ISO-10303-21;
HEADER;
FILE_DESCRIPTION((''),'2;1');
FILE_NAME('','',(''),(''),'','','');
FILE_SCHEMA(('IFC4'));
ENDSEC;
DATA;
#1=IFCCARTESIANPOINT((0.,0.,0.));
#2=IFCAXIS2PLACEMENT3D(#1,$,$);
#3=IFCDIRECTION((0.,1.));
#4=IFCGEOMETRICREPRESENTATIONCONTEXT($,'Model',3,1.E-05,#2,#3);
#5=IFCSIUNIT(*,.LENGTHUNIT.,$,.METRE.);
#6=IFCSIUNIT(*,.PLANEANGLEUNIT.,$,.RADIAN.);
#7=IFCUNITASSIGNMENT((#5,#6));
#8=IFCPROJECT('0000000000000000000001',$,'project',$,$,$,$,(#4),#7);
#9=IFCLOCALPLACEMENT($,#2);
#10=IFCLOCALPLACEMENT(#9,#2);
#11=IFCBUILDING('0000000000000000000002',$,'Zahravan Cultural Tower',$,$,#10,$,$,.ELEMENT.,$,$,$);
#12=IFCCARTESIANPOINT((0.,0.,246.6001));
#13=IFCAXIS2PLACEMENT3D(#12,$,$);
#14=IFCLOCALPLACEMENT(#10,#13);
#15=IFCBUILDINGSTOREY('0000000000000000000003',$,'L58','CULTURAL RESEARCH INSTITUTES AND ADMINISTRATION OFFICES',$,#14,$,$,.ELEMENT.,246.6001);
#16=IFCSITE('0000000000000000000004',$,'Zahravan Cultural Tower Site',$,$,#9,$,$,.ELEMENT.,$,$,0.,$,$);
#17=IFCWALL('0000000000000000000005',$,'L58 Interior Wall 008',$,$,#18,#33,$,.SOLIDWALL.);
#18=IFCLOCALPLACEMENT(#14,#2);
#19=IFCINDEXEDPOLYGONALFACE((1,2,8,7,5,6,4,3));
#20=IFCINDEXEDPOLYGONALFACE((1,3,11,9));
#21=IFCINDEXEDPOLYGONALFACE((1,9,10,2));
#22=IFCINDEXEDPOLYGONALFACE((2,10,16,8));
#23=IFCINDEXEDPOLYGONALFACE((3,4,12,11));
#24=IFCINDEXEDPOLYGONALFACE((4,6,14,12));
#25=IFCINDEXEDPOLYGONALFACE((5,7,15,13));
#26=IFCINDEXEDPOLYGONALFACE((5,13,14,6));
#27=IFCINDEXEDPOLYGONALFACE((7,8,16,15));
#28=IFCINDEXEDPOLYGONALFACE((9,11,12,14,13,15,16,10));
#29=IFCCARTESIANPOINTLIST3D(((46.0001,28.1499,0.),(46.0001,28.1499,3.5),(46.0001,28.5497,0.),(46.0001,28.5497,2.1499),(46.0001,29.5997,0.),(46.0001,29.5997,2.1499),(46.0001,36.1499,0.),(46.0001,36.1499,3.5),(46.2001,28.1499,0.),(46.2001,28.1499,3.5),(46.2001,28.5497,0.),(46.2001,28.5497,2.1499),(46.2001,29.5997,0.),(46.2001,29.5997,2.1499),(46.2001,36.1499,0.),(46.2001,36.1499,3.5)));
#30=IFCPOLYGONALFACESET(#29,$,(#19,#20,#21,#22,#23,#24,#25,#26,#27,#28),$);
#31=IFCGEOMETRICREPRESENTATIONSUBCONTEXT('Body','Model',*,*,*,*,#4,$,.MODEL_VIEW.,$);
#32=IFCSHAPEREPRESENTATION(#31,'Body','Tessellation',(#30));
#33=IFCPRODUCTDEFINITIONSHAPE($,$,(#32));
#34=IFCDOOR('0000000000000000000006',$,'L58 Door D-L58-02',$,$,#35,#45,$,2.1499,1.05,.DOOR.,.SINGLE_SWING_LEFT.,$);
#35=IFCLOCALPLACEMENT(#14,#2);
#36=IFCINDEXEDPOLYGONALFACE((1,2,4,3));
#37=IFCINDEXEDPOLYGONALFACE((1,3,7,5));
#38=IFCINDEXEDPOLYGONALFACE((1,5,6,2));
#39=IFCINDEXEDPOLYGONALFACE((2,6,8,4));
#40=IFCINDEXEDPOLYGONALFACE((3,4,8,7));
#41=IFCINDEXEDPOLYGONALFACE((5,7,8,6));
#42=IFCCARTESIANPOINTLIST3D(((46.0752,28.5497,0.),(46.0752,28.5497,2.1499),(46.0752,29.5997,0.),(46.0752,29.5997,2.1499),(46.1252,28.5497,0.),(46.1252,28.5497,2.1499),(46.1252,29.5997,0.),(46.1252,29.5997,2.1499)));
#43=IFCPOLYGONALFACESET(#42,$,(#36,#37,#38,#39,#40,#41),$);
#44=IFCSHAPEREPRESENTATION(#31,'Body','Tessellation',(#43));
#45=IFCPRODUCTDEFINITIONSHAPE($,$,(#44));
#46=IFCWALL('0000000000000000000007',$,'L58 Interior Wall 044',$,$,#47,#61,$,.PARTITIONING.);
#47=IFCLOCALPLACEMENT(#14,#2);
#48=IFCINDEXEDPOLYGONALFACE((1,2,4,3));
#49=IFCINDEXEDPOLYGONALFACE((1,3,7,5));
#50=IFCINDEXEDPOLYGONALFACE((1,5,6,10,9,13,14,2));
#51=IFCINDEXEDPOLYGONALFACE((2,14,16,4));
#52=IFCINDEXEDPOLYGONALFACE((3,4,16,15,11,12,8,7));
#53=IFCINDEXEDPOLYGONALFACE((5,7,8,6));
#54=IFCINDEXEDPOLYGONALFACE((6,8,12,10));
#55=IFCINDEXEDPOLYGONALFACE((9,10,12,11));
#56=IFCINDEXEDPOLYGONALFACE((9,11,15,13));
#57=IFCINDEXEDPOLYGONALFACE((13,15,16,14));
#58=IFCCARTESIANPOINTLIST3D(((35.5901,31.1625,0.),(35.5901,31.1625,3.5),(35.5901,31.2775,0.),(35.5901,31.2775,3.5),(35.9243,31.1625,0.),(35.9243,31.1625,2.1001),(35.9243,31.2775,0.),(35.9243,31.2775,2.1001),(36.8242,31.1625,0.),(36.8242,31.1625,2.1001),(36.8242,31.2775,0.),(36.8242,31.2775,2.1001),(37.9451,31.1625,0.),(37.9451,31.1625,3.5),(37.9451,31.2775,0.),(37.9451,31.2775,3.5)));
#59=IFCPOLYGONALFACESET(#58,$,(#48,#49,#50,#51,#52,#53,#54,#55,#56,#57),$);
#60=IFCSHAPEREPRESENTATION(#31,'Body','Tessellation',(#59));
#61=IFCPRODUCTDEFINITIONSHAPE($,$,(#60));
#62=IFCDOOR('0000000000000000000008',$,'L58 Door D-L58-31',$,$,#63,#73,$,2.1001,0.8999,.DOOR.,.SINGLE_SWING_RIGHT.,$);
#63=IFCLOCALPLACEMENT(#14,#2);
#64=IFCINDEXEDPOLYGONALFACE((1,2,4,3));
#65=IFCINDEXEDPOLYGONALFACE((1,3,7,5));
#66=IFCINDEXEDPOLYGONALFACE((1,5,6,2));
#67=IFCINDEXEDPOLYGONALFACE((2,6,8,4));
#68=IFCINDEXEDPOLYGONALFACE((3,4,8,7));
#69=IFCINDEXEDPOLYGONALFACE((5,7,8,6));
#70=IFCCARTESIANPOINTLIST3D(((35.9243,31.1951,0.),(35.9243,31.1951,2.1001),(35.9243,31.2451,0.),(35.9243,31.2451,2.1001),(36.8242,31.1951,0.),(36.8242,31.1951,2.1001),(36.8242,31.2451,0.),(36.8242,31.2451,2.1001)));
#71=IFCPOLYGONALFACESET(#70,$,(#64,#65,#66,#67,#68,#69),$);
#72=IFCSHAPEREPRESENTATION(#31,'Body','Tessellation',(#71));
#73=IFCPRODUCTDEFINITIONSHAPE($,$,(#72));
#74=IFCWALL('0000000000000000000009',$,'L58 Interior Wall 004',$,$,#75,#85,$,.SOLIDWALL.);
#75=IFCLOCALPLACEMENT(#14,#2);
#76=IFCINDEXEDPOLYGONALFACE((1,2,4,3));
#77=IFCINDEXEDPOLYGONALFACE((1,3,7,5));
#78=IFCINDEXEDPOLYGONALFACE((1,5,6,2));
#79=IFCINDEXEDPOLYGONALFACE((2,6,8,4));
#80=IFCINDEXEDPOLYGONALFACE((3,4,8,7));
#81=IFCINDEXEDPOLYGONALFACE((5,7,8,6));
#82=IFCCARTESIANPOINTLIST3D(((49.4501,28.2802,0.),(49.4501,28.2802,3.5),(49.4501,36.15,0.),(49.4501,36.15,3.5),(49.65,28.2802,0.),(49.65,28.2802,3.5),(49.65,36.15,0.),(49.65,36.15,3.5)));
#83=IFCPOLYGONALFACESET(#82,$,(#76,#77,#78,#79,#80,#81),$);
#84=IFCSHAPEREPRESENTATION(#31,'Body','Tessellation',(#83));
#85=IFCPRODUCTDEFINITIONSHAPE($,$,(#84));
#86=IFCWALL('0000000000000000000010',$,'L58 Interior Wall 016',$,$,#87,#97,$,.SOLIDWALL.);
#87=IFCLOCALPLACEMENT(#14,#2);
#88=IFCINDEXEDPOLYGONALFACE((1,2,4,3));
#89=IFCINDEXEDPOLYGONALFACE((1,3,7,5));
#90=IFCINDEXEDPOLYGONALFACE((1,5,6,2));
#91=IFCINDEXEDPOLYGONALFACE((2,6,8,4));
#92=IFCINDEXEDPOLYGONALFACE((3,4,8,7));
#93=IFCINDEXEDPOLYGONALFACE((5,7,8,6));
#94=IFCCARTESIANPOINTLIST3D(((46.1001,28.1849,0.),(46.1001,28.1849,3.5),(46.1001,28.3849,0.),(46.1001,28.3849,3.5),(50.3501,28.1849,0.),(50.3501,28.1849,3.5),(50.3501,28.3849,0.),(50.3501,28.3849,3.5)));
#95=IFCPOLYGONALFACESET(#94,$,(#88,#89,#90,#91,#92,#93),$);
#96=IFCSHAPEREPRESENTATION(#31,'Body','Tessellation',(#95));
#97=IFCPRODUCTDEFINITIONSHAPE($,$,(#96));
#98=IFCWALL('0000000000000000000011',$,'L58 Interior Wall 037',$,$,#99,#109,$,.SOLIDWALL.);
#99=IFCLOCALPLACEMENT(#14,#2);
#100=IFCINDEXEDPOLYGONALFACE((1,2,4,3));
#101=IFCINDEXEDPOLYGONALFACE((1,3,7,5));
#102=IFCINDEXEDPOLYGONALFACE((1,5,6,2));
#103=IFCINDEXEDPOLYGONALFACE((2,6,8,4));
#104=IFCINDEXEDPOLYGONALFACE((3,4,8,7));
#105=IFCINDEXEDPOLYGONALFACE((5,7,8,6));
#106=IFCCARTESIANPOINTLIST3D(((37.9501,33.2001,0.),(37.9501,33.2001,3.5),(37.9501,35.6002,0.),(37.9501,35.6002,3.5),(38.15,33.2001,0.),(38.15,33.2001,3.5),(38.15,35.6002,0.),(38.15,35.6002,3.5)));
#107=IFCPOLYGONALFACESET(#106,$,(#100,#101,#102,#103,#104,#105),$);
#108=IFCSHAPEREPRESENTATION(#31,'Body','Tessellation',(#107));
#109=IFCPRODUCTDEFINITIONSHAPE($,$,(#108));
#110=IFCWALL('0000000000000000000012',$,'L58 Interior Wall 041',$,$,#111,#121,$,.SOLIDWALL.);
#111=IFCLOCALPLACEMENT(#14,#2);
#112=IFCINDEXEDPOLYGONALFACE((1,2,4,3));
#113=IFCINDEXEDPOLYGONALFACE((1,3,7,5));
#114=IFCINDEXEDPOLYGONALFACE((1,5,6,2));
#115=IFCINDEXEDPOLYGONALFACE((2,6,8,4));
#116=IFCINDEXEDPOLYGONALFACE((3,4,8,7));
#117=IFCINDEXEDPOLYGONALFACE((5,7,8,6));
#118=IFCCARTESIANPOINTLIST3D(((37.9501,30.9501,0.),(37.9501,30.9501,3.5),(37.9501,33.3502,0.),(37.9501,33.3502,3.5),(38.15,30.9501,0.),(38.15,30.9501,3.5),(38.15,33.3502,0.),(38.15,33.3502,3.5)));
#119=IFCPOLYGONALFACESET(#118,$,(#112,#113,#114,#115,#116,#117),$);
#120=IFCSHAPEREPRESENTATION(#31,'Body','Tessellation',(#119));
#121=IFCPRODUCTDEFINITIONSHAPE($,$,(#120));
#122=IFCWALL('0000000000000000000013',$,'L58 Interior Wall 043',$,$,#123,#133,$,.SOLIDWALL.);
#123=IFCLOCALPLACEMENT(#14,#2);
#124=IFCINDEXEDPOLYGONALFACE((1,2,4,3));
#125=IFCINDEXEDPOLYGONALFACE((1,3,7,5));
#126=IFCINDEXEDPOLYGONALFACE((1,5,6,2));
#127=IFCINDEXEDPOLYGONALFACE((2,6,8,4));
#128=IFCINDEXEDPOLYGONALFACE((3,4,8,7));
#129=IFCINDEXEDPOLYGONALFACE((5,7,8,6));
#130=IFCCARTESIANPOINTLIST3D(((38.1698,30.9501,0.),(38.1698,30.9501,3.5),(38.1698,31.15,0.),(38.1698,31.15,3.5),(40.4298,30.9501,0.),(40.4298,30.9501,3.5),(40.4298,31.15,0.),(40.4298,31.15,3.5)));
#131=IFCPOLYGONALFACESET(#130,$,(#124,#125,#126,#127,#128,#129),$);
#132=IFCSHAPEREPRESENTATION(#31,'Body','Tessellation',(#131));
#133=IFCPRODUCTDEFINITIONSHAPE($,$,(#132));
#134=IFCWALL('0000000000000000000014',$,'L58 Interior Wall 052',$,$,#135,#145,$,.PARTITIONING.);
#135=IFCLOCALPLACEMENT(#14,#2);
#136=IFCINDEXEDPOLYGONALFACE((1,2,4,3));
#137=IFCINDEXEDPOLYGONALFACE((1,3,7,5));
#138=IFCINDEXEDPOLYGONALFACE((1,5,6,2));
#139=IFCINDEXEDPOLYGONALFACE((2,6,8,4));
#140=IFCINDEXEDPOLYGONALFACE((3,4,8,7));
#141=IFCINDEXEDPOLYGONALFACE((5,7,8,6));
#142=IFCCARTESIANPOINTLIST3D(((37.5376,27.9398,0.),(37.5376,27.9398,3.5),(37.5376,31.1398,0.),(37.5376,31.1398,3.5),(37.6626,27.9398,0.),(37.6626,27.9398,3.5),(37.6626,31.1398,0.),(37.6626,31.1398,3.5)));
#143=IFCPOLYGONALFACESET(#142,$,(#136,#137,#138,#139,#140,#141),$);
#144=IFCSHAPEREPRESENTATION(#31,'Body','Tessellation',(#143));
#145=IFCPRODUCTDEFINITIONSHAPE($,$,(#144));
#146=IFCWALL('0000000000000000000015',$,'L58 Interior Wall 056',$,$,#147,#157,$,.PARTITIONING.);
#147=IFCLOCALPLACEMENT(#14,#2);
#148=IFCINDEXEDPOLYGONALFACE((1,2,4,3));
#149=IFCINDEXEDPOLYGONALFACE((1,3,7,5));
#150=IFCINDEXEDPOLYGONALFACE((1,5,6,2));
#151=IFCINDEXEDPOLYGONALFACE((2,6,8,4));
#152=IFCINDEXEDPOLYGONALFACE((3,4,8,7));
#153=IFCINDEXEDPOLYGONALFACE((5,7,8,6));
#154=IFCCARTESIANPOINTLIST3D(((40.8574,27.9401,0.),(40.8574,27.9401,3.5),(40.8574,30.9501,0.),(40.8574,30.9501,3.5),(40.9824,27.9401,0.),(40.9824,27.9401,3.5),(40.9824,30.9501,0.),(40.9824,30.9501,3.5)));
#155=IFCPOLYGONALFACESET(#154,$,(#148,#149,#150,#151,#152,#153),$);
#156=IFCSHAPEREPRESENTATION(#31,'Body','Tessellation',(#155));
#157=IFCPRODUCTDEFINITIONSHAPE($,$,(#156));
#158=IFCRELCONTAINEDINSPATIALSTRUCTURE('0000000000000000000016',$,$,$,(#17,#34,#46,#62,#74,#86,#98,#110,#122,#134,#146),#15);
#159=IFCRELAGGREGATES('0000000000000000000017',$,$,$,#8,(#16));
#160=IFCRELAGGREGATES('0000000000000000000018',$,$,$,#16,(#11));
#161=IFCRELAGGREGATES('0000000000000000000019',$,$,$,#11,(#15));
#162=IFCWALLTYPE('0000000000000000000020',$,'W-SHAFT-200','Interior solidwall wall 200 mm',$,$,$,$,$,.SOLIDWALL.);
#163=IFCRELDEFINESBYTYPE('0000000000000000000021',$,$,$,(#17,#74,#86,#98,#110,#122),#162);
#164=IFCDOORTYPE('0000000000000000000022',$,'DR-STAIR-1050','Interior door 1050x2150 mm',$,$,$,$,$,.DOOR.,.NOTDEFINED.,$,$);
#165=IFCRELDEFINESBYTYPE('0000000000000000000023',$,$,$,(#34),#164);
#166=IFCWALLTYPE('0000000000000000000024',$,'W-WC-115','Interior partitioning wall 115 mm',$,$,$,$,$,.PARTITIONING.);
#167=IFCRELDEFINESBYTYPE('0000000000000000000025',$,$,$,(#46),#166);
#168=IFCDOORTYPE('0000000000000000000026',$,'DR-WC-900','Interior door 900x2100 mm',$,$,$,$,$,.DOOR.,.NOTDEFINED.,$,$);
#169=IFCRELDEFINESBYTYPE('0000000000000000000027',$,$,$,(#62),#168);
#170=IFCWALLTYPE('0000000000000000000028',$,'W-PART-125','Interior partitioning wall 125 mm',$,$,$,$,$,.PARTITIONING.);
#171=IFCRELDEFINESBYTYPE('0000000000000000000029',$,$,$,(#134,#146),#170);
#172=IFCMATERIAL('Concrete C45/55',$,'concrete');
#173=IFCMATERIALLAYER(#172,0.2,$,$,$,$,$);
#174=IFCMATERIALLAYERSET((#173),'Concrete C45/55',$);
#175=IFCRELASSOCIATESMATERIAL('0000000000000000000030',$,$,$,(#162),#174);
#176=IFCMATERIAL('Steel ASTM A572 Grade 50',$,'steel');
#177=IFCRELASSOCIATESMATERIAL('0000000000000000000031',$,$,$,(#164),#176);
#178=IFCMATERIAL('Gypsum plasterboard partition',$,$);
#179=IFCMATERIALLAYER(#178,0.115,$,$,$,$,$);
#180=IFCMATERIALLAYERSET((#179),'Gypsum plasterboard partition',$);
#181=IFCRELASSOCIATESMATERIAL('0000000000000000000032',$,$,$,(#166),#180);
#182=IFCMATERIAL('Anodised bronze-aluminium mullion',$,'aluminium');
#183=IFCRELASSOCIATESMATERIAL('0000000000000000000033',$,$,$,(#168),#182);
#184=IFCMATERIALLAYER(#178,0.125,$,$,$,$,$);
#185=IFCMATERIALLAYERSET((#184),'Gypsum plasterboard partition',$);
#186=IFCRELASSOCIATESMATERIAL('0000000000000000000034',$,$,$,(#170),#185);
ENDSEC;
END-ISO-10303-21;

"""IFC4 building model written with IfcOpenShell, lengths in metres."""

from ifc_helpers import new_model, si_unit, direction, frame, frame_2d, origin, place, context, subcontext, project, spatial, rectangle, extrude, source, transform, mapped, material, layer, layer_set, type_object, element, fill, save


model = new_model("IFC4")

# Units and contexts
model_context = context("Model", 3, precision=1e-05, world=origin(), true_north=direction((0.0, 1.0)))
body_context = subcontext(model_context, "Body", "Model", "MODEL_VIEW")
ifc_project = project(units=[si_unit("LENGTHUNIT", "METRE"), si_unit("PLANEANGLEUNIT", "RADIAN")], contexts=[model_context])

# Site, building, storey
site_placement = place(None, origin())
site = spatial("IfcSite", under=ifc_project, at=site_placement, Name="Zahravan Cultural Tower Site", CompositionType="ELEMENT", RefElevation=0.0)
building_placement = place(site_placement, origin())
building = spatial("IfcBuilding", under=site, at=building_placement, Name="Zahravan Cultural Tower", CompositionType="ELEMENT")
storey_placement = place(building_placement, frame((0.0, 0.0, 246.6001)))
storey = spatial("IfcBuildingStorey", under=building, at=storey_placement, Name="L58", Description="CULTURAL RESEARCH INSTITUTES AND ADMINISTRATION OFFICES", CompositionType="ELEMENT", Elevation=246.6001)

# Walls, openings, doors
ifc_material_1 = material(Name="Concrete C45/55", Category="concrete")
ifc_layer_1 = layer(ifc_material_1, 0.2)
ifc_layer_set_1 = layer_set([ifc_layer_1], Name="Concrete C45/55")
wall_type_1 = type_object("IfcWallType", Name="W-SHAFT-200", Description="Interior solidwall wall 200 mm", PredefinedType="SOLIDWALL", material=ifc_layer_set_1)
wall_1_placement = place(storey_placement, frame((46.1001, 28.1499, 0.0), z_axis=(0.0, 0.0, 1.0), x_axis=(0.0, 1.0, 0.0)))
wall_1 = element("IfcWall", 1, at=wall_1_placement, inside=storey, type_object=wall_type_1, Name="L58 Interior Wall 008", PredefinedType="SOLIDWALL", context=body_context, shape_type="SweptSolid", body=[
    extrude(rectangle(XDim=8.0, YDim=0.2, at=frame_2d((4.0, 0.0))), origin(), (0.0, 0.0, 1.0), 3.5),
])
opening_1_placement = place(wall_1_placement, frame((0.3999, 0.0, 0.0)))
opening_1 = element("IfcOpeningElement", 2, at=opening_1_placement, cuts=wall_1, PredefinedType="OPENING", context=body_context, shape_type="SweptSolid", body=[
    extrude(rectangle(XDim=1.05, YDim=2.1499, at=frame_2d((0.5249, 1.075))), frame((0.0, 0.1099, 0.0), z_axis=(0.0, -1.0, 0.0), x_axis=(1.0, 0.0, 0.0)), (0.0, 0.0, 1.0), 0.22),
])
ifc_material_2 = material(Name="Steel ASTM A572 Grade 50", Category="steel")
door_type_1 = type_object("IfcDoorType", Name="DR-STAIR-1050", Description="Interior door 1050x2150 mm", OperationType="NOTDEFINED", PredefinedType="DOOR", material=ifc_material_2)
shared_shape_1 = source(origin(), body_context, "Body", "SweptSolid", [
    extrude(rectangle(XDim=1.05, YDim=2.1499, at=frame_2d((0.5249, 1.075))), frame((0.0, 0.0249, 0.0), z_axis=(0.0, -1.0, 0.0), x_axis=(1.0, 0.0, 0.0)), (0.0, 0.0, 1.0), 0.05),
])
door_1_placement = place(opening_1_placement, origin())
door_1 = element("IfcDoor", 3, at=door_1_placement, inside=storey, type_object=door_type_1, Name="L58 Door D-L58-02", OperationType="SINGLE_SWING_LEFT", OverallHeight=2.1499, OverallWidth=1.05, PredefinedType="DOOR", context=body_context, shape_type="MappedRepresentation", body=[
    mapped(shared_shape_1, transform((0.0, 0.0, 0.0), x_axis=(1.0, 0.0, 0.0), y_axis=(0.0, 1.0, 0.0), z_axis=(0.0, 0.0, 1.0), scale=1.0)),
])
fill(opening_1, door_1)
ifc_material_3 = material(Name="Gypsum plasterboard partition")
ifc_layer_2 = layer(ifc_material_3, 0.115)
ifc_layer_set_2 = layer_set([ifc_layer_2], Name="Gypsum plasterboard partition")
wall_type_2 = type_object("IfcWallType", Name="W-WC-115", Description="Interior partitioning wall 115 mm", PredefinedType="PARTITIONING", material=ifc_layer_set_2)
wall_2_placement = place(storey_placement, frame((37.9451, 31.22, 0.0), z_axis=(0.0, 0.0, 1.0), x_axis=(-1.0, 0.0, 0.0)))
wall_2 = element("IfcWall", 4, at=wall_2_placement, inside=storey, type_object=wall_type_2, Name="L58 Interior Wall 044", PredefinedType="PARTITIONING", context=body_context, shape_type="SweptSolid", body=[
    extrude(rectangle(XDim=2.355, YDim=0.115, at=frame_2d((1.1775, 0.0))), origin(), (0.0, 0.0, 1.0), 3.5),
])
opening_2_placement = place(wall_2_placement, frame((1.1208, 0.0, 0.0)))
opening_2 = element("IfcOpeningElement", 5, at=opening_2_placement, cuts=wall_2, PredefinedType="OPENING", context=body_context, shape_type="SweptSolid", body=[
    extrude(rectangle(XDim=0.8999, YDim=2.1001, at=frame_2d((0.45, 1.05))), frame((0.0, 0.0674, 0.0), z_axis=(0.0, -1.0, 0.0), x_axis=(1.0, 0.0, 0.0)), (0.0, 0.0, 1.0), 0.135),
])
ifc_material_4 = material(Name="Anodised bronze-aluminium mullion", Category="aluminium")
door_type_2 = type_object("IfcDoorType", Name="DR-WC-900", Description="Interior door 900x2100 mm", OperationType="NOTDEFINED", PredefinedType="DOOR", material=ifc_material_4)
shared_shape_2 = source(origin(), body_context, "Body", "SweptSolid", [
    extrude(rectangle(XDim=0.8999, YDim=2.1001, at=frame_2d((0.45, 1.05))), frame((0.0, 0.0249, 0.0), z_axis=(0.0, -1.0, 0.0), x_axis=(1.0, 0.0, 0.0)), (0.0, 0.0, 1.0), 0.05),
])
door_2_placement = place(opening_2_placement, origin())
door_2 = element("IfcDoor", 6, at=door_2_placement, inside=storey, type_object=door_type_2, Name="L58 Door D-L58-31", OperationType="SINGLE_SWING_RIGHT", OverallHeight=2.1001, OverallWidth=0.8999, PredefinedType="DOOR", context=body_context, shape_type="MappedRepresentation", body=[
    mapped(shared_shape_2, transform((0.0, 0.0, 0.0), x_axis=(1.0, 0.0, 0.0), y_axis=(0.0, 1.0, 0.0), z_axis=(0.0, 0.0, 1.0), scale=1.0)),
])
fill(opening_2, door_2)

# Walls
shared_shape_3 = source(origin(), body_context, "Body", "SweptSolid", [
    extrude(rectangle(XDim=7.8699, YDim=0.2, at=frame_2d((3.9351, 0.0))), origin(), (0.0, 0.0, 1.0), 3.5),
])
wall_3_placement = place(storey_placement, frame((49.55, 28.28, 0.0), z_axis=(0.0, 0.0, 1.0), x_axis=(0.0, 1.0, 0.0)))
element("IfcWall", 7, at=wall_3_placement, inside=storey, type_object=wall_type_1, Name="L58 Interior Wall 004", PredefinedType="SOLIDWALL", context=body_context, shape_type="MappedRepresentation", body=[
    mapped(shared_shape_3, transform((0.0, 0.0, 0.0), x_axis=(1.0, 0.0, 0.0), y_axis=(0.0, 1.0, 0.0), z_axis=(0.0, 0.0, 1.0), scale=1.0)),
])
shared_shape_4 = source(origin(), body_context, "Body", "SweptSolid", [
    extrude(rectangle(XDim=4.25, YDim=0.2, at=frame_2d((2.125, 0.0))), origin(), (0.0, 0.0, 1.0), 3.5),
])
wall_4_placement = place(storey_placement, frame((46.1001, 28.2849, 0.0), z_axis=(0.0, 0.0, 1.0), x_axis=(1.0, 0.0, 0.0)))
element("IfcWall", 8, at=wall_4_placement, inside=storey, type_object=wall_type_1, Name="L58 Interior Wall 016", PredefinedType="SOLIDWALL", context=body_context, shape_type="MappedRepresentation", body=[
    mapped(shared_shape_4, transform((0.0, 0.0, 0.0), x_axis=(1.0, 0.0, 0.0), y_axis=(0.0, 1.0, 0.0), z_axis=(0.0, 0.0, 1.0), scale=1.0)),
])
shared_shape_5 = source(origin(), body_context, "Body", "SweptSolid", [
    extrude(rectangle(XDim=2.4001, YDim=0.2, at=frame_2d((1.2002, 0.0))), origin(), (0.0, 0.0, 1.0), 3.5),
])
for number, where, z_axis, x_axis, name in (
    (9, (38.05, 33.2, 0.0), (0.0, 0.0, 1.0), (0.0, 1.0, 0.0), "L58 Interior Wall 037"),
    (10, (38.05, 30.95, 0.0), (0.0, 0.0, 1.0), (0.0, 1.0, 0.0), "L58 Interior Wall 041"),
):
    element("IfcWall", number, at=place(storey_placement, frame(where, z_axis=z_axis, x_axis=x_axis)), inside=storey, type_object=wall_type_1, Name=name, PredefinedType="SOLIDWALL", context=body_context, shape_type="MappedRepresentation", body=[
        mapped(shared_shape_5, transform((0.0, 0.0, 0.0), x_axis=(1.0, 0.0, 0.0), y_axis=(0.0, 1.0, 0.0), z_axis=(0.0, 0.0, 1.0), scale=1.0)),
    ])
shared_shape_6 = source(origin(), body_context, "Body", "SweptSolid", [
    extrude(rectangle(XDim=2.26, YDim=0.2, at=frame_2d((1.1299, 0.0))), origin(), (0.0, 0.0, 1.0), 3.5),
])
wall_5_placement = place(storey_placement, frame((38.1699, 31.05, 0.0), z_axis=(0.0, 0.0, 1.0), x_axis=(1.0, 0.0, 0.0)))
element("IfcWall", 11, at=wall_5_placement, inside=storey, type_object=wall_type_1, Name="L58 Interior Wall 043", PredefinedType="SOLIDWALL", context=body_context, shape_type="MappedRepresentation", body=[
    mapped(shared_shape_6, transform((0.0, 0.0, 0.0), x_axis=(1.0, 0.0, 0.0), y_axis=(0.0, 1.0, 0.0), z_axis=(0.0, 0.0, 1.0), scale=1.0)),
])
ifc_layer_3 = layer(ifc_material_3, 0.125)
ifc_layer_set_3 = layer_set([ifc_layer_3], Name="Gypsum plasterboard partition")
wall_type_3 = type_object("IfcWallType", Name="W-PART-125", Description="Interior partitioning wall 125 mm", PredefinedType="PARTITIONING", material=ifc_layer_set_3)
shared_shape_7 = source(origin(), body_context, "Body", "SweptSolid", [
    extrude(rectangle(XDim=3.2, YDim=0.125, at=frame_2d((1.6001, 0.0))), origin(), (0.0, 0.0, 1.0), 3.5),
])
wall_6_placement = place(storey_placement, frame((37.6001, 31.1399, 0.0), z_axis=(0.0, 0.0, 1.0), x_axis=(0.0, -1.0, 0.0)))
element("IfcWall", 12, at=wall_6_placement, inside=storey, type_object=wall_type_3, Name="L58 Interior Wall 052", PredefinedType="PARTITIONING", context=body_context, shape_type="MappedRepresentation", body=[
    mapped(shared_shape_7, transform((0.0, 0.0, 0.0), x_axis=(1.0, 0.0, 0.0), y_axis=(0.0, 1.0, 0.0), z_axis=(0.0, 0.0, 1.0), scale=1.0)),
])
shared_shape_8 = source(origin(), body_context, "Body", "SweptSolid", [
    extrude(rectangle(XDim=3.01, YDim=0.125, at=frame_2d((1.5049, 0.0))), origin(), (0.0, 0.0, 1.0), 3.5),
])
wall_7_placement = place(storey_placement, frame((40.9199, 30.95, 0.0), z_axis=(0.0, 0.0, 1.0), x_axis=(0.0, -1.0, 0.0)))
element("IfcWall", 13, at=wall_7_placement, inside=storey, type_object=wall_type_3, Name="L58 Interior Wall 056", PredefinedType="PARTITIONING", context=body_context, shape_type="MappedRepresentation", body=[
    mapped(shared_shape_8, transform((0.0, 0.0, 0.0), x_axis=(1.0, 0.0, 0.0), y_axis=(0.0, 1.0, 0.0), z_axis=(0.0, 0.0, 1.0), scale=1.0)),
])

save(model, "model.ifc")
